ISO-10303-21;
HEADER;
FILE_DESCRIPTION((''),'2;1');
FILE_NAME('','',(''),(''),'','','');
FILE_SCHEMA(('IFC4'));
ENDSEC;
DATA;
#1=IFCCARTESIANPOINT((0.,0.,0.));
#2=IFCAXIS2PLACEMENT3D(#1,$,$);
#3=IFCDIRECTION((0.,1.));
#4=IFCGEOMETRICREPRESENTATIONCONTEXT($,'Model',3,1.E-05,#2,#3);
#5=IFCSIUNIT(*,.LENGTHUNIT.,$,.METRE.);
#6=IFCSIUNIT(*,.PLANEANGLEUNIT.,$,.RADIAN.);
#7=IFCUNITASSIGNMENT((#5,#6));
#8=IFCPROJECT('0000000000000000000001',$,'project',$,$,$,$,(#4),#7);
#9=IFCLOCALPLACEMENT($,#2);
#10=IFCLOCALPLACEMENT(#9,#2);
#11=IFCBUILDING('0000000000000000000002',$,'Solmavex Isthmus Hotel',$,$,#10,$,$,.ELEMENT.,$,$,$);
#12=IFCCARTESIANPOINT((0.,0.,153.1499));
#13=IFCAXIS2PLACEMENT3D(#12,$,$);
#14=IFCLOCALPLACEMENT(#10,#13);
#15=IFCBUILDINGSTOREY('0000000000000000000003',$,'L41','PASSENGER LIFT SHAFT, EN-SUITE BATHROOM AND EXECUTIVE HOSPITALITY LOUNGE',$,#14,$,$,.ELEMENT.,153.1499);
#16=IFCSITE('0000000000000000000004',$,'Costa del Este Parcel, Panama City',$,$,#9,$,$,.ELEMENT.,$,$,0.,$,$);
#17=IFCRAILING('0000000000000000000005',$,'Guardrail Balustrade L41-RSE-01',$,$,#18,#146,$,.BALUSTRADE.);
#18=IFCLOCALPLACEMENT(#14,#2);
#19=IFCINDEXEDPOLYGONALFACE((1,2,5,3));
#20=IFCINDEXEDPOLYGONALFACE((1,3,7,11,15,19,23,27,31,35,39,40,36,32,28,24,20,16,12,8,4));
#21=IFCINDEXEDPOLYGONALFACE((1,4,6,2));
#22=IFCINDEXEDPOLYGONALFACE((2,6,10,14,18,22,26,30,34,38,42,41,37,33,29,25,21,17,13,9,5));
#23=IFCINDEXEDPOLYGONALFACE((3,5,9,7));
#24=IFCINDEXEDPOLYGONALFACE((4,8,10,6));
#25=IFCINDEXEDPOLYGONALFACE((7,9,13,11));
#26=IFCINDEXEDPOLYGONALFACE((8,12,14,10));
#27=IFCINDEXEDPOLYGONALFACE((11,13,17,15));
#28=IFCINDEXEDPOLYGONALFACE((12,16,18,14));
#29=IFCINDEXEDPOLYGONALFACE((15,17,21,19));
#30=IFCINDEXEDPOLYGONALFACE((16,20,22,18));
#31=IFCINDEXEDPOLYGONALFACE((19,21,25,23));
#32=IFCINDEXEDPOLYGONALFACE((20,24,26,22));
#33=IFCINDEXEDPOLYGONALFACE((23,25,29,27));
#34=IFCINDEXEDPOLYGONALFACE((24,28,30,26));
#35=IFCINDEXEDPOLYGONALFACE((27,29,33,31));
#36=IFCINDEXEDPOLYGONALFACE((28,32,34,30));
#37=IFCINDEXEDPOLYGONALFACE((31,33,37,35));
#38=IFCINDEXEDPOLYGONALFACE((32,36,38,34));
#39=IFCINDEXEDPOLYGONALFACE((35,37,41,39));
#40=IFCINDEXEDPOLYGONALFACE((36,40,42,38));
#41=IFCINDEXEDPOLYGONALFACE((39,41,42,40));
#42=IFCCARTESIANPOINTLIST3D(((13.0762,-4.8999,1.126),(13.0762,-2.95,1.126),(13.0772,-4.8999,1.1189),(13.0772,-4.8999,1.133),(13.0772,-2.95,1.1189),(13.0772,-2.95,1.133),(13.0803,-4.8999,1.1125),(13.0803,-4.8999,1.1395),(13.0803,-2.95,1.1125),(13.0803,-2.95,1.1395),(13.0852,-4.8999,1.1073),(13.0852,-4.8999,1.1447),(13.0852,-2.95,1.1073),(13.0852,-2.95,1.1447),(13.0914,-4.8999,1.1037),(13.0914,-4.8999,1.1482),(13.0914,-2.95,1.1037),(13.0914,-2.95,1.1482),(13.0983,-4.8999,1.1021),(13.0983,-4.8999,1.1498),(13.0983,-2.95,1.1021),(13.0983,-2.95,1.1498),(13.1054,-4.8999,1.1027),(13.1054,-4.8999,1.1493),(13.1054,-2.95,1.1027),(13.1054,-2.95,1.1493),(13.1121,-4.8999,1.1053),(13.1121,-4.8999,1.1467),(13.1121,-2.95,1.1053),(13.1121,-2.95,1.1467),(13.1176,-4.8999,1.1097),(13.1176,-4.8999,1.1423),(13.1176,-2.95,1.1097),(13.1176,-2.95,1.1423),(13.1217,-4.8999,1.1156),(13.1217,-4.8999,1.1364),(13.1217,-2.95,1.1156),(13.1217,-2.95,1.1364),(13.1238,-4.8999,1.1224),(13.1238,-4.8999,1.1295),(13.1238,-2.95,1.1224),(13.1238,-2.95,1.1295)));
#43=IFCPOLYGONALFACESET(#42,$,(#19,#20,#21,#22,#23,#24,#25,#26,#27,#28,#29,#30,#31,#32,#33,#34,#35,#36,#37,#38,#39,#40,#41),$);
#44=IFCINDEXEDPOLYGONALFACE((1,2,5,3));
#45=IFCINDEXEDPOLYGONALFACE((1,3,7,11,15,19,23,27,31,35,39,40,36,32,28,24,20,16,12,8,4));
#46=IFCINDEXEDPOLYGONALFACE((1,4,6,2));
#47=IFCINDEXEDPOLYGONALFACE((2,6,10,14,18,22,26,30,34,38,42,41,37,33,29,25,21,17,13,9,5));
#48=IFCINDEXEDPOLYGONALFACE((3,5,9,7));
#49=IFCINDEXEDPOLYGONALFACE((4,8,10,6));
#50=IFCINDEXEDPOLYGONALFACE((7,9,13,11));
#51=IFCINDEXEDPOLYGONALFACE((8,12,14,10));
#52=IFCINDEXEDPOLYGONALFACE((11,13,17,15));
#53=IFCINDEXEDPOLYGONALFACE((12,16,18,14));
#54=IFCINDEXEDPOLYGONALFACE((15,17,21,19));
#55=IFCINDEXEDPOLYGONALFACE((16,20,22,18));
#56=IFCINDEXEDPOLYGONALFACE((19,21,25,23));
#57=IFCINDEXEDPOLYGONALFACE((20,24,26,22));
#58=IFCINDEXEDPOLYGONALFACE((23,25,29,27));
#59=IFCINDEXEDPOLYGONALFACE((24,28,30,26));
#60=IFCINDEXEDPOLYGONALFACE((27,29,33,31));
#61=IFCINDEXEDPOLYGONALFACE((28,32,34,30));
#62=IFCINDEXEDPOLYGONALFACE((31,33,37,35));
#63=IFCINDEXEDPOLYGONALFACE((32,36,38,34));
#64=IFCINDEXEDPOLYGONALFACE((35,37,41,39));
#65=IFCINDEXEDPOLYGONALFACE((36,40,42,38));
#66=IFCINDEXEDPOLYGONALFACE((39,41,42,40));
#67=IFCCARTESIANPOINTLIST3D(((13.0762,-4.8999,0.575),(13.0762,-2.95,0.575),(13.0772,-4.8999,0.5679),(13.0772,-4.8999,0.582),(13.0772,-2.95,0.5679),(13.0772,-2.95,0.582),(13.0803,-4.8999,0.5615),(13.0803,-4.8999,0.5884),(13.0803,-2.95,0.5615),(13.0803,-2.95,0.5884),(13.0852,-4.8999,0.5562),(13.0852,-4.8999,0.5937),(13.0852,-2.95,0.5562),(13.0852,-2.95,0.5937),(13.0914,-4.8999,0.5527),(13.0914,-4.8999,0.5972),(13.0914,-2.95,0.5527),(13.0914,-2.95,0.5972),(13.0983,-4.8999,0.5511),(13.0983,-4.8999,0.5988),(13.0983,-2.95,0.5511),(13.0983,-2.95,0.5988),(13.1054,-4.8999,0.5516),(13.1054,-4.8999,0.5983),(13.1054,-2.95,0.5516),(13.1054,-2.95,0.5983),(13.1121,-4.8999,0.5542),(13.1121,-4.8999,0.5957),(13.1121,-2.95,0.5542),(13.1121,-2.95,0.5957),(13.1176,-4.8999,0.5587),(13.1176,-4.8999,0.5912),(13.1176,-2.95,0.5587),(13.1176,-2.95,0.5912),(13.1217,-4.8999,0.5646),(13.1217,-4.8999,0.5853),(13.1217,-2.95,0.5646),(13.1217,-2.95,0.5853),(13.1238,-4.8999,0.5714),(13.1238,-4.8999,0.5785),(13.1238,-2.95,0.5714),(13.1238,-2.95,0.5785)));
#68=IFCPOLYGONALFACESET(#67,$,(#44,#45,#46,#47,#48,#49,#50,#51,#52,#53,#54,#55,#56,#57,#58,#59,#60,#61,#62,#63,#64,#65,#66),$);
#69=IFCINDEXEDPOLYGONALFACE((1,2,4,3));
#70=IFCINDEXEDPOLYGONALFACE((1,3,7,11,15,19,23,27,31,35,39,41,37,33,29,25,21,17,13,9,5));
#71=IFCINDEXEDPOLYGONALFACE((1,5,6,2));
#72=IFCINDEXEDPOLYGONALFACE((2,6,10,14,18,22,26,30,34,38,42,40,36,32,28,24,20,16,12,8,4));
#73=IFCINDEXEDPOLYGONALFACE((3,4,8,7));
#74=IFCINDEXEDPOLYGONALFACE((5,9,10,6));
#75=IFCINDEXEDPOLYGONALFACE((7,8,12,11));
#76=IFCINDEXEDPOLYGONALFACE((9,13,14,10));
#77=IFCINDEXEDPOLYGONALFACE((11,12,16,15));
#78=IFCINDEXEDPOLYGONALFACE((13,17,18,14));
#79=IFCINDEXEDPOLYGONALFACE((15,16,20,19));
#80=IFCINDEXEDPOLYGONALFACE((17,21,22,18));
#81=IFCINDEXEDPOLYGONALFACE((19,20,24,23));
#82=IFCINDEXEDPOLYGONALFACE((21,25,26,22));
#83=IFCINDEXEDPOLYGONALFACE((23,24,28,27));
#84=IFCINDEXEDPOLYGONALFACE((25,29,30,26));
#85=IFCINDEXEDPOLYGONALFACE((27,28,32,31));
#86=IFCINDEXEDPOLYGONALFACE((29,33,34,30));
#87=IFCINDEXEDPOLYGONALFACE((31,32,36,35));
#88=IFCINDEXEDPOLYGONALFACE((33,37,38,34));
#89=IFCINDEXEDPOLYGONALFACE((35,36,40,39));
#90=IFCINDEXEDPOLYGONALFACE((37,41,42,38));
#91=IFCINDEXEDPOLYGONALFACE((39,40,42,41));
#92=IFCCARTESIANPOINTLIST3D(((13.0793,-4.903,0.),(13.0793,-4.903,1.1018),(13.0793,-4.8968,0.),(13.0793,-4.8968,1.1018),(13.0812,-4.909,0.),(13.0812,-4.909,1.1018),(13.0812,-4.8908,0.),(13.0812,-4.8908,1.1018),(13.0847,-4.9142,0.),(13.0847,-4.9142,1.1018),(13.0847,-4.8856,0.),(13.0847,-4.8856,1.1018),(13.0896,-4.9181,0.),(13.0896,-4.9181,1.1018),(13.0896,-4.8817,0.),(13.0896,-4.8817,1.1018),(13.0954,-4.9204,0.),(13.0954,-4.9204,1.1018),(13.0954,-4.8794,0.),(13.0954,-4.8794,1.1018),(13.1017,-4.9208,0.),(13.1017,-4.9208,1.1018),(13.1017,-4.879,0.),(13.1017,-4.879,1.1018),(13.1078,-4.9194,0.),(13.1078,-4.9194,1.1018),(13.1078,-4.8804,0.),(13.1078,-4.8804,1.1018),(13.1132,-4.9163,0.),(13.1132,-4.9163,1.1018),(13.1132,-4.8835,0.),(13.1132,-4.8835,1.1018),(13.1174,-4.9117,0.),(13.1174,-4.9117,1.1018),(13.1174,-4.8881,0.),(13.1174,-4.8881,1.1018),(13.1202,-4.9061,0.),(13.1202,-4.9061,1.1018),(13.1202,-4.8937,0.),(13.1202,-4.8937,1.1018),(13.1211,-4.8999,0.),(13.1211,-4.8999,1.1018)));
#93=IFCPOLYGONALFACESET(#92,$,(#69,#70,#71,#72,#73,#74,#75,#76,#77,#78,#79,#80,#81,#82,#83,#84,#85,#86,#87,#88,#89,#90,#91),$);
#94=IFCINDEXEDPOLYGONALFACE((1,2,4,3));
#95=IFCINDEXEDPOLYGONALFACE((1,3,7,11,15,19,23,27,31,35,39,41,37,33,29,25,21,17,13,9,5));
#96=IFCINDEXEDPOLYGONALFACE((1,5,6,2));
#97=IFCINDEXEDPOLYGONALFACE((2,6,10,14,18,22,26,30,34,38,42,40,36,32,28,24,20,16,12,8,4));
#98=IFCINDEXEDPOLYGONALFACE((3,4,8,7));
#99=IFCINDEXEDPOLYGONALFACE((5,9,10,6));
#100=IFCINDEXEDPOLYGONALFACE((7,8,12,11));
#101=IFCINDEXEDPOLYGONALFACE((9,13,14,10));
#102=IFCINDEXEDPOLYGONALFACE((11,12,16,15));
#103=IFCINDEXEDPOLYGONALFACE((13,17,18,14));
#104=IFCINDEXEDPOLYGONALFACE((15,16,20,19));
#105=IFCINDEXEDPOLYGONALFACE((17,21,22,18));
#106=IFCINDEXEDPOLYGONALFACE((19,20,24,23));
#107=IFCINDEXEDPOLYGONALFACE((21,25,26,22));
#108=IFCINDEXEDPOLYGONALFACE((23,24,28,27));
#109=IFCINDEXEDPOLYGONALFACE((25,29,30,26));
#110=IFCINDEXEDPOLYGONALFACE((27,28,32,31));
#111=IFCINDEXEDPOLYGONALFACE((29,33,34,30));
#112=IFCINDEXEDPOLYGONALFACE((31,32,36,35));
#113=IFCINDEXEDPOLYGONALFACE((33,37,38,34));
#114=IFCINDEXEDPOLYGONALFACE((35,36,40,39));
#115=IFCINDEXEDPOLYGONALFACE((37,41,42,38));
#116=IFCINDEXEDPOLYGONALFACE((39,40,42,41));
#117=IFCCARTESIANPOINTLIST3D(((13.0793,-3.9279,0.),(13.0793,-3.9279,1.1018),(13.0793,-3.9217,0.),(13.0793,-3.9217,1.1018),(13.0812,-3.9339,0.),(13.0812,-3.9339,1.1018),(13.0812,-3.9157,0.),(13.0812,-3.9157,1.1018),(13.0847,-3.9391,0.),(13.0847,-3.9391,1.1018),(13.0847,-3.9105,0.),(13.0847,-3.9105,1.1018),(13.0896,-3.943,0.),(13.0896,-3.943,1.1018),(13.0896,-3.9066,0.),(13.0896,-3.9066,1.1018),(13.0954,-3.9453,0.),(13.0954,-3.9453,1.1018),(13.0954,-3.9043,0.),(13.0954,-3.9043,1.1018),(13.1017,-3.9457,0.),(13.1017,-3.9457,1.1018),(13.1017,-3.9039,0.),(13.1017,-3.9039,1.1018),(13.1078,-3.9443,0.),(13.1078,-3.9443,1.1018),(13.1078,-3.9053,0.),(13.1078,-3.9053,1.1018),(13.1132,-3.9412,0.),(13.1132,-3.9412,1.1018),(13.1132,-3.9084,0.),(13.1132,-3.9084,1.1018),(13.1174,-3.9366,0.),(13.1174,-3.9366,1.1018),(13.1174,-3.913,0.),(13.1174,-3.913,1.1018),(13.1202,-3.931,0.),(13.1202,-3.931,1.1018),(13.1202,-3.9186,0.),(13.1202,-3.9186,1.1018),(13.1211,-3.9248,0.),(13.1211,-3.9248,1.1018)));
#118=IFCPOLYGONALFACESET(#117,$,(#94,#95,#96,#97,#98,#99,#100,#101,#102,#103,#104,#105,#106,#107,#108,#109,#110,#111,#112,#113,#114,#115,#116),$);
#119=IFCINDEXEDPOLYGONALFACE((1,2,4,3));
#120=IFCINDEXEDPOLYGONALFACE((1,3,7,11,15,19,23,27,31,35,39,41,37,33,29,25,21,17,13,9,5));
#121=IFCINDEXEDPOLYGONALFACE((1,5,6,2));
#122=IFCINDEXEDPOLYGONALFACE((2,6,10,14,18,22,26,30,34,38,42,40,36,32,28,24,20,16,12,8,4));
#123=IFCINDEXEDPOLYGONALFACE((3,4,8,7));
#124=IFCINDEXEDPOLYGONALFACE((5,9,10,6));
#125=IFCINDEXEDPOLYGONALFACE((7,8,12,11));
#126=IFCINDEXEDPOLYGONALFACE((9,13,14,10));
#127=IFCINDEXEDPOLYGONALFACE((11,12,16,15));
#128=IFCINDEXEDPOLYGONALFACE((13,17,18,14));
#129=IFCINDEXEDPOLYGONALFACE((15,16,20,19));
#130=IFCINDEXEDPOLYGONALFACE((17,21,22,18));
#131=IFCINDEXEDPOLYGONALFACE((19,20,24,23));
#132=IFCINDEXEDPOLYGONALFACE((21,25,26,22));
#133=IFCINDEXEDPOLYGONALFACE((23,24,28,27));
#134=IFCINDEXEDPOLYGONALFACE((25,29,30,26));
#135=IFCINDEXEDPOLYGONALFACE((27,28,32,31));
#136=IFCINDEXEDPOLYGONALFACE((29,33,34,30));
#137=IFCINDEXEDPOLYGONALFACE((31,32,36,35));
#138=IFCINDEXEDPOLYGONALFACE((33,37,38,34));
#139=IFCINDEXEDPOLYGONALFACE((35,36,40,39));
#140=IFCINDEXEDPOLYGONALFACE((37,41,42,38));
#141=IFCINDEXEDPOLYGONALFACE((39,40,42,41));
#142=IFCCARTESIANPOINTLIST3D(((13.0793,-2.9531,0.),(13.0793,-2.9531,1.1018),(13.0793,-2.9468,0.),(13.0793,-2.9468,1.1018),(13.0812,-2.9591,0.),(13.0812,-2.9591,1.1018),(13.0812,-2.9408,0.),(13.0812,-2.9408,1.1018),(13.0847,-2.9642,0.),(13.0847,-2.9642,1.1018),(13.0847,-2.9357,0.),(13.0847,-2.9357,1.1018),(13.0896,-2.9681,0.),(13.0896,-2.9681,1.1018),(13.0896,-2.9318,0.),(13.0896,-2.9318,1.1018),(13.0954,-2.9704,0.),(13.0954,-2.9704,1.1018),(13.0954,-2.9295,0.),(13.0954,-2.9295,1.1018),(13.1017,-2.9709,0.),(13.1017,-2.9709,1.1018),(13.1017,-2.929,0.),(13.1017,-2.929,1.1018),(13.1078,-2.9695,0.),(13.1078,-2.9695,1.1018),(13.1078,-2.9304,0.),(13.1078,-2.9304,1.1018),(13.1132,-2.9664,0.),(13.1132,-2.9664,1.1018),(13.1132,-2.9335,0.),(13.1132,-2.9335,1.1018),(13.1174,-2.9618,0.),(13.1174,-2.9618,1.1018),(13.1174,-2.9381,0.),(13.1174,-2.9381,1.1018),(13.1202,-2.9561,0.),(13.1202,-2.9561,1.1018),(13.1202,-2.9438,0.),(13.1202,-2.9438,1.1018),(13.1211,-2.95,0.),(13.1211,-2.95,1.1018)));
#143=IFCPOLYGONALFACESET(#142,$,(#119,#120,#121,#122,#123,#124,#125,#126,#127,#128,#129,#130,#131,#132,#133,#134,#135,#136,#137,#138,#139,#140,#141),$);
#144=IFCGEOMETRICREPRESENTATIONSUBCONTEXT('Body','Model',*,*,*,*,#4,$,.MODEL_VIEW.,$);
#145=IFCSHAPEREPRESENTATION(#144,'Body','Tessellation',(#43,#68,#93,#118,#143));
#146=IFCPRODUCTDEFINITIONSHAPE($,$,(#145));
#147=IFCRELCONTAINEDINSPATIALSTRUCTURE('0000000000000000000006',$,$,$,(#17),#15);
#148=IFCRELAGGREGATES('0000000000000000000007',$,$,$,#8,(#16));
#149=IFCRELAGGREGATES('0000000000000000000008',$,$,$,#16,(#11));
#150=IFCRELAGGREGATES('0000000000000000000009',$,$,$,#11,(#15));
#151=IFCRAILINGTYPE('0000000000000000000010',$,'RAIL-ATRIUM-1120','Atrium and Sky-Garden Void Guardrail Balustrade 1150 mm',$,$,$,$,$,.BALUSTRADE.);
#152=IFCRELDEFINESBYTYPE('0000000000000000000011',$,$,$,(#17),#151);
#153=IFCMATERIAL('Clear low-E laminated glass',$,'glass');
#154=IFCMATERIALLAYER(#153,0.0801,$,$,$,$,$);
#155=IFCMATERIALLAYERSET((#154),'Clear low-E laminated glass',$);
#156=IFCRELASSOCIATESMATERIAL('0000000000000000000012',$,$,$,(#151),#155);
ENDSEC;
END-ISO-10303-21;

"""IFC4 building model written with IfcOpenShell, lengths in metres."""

from ifc_helpers import new_model, si_unit, direction, frame, origin, origin_2d, place, context, subcontext, project, spatial, circle, extrude, material, layer, layer_set, type_object, element, save


model = new_model("IFC4")

# Units and contexts
model_context = context("Model", 3, precision=1e-05, world=origin(), true_north=direction((0.0, 1.0)))
body_context = subcontext(model_context, "Body", "Model", "MODEL_VIEW")
ifc_project = project(units=[si_unit("LENGTHUNIT", "METRE"), si_unit("PLANEANGLEUNIT", "RADIAN")], contexts=[model_context])

# Site, building, storey
site_placement = place(None, origin())
site = spatial("IfcSite", under=ifc_project, at=site_placement, Name="Costa del Este Parcel, Panama City", CompositionType="ELEMENT", RefElevation=0.0)
building_placement = place(site_placement, origin())
building = spatial("IfcBuilding", under=site, at=building_placement, Name="Solmavex Isthmus Hotel", CompositionType="ELEMENT")
storey_placement = place(building_placement, frame((0.0, 0.0, 153.1499)))
storey = spatial("IfcBuildingStorey", under=building, at=storey_placement, Name="L41", Description="PASSENGER LIFT SHAFT, EN-SUITE BATHROOM AND EXECUTIVE HOSPITALITY LOUNGE", CompositionType="ELEMENT", Elevation=153.1499)

# Railing
ifc_material_1 = material(Name="Clear low-E laminated glass", Category="glass")
ifc_layer_1 = layer(ifc_material_1, 0.0801)
ifc_layer_set_1 = layer_set([ifc_layer_1], Name="Clear low-E laminated glass")
railing_type_1 = type_object("IfcRailingType", Name="RAIL-ATRIUM-1120", Description="Atrium and Sky-Garden Void Guardrail Balustrade 1150 mm", PredefinedType="BALUSTRADE", material=ifc_layer_set_1)
railing_1_placement = place(storey_placement, frame((13.1001, -4.8999, 0.0)))
element("IfcRailing", 1, at=railing_1_placement, inside=storey, type_object=railing_type_1, Name="Guardrail Balustrade L41-RSE-01", PredefinedType="BALUSTRADE", context=body_context, shape_type="SweptSolid", body=[
    extrude(circle(Radius=0.0239, at=origin_2d()), frame((0.0, 0.0, 1.126), z_axis=(0.0, 1.0, 0.0), x_axis=(-1.0, 0.0, 0.0)), (0.0, 0.0, 1.0), 1.95),
    extrude(circle(Radius=0.0239, at=origin_2d()), frame((0.0, 0.0, 0.575), z_axis=(0.0, 1.0, 0.0), x_axis=(-1.0, 0.0, 0.0)), (0.0, 0.0, 1.0), 1.95),
    extrude(circle(Radius=0.021, at=origin_2d()), origin(), (0.0, 0.0, 1.0), 1.1018),
    extrude(circle(Radius=0.021, at=origin_2d()), frame((0.0, 0.9751, 0.0)), (0.0, 0.0, 1.0), 1.1018),
    extrude(circle(Radius=0.021, at=origin_2d()), frame((0.0, 1.95, 0.0)), (0.0, 0.0, 1.0), 1.1018),
])

save(model, "model.ifc")
